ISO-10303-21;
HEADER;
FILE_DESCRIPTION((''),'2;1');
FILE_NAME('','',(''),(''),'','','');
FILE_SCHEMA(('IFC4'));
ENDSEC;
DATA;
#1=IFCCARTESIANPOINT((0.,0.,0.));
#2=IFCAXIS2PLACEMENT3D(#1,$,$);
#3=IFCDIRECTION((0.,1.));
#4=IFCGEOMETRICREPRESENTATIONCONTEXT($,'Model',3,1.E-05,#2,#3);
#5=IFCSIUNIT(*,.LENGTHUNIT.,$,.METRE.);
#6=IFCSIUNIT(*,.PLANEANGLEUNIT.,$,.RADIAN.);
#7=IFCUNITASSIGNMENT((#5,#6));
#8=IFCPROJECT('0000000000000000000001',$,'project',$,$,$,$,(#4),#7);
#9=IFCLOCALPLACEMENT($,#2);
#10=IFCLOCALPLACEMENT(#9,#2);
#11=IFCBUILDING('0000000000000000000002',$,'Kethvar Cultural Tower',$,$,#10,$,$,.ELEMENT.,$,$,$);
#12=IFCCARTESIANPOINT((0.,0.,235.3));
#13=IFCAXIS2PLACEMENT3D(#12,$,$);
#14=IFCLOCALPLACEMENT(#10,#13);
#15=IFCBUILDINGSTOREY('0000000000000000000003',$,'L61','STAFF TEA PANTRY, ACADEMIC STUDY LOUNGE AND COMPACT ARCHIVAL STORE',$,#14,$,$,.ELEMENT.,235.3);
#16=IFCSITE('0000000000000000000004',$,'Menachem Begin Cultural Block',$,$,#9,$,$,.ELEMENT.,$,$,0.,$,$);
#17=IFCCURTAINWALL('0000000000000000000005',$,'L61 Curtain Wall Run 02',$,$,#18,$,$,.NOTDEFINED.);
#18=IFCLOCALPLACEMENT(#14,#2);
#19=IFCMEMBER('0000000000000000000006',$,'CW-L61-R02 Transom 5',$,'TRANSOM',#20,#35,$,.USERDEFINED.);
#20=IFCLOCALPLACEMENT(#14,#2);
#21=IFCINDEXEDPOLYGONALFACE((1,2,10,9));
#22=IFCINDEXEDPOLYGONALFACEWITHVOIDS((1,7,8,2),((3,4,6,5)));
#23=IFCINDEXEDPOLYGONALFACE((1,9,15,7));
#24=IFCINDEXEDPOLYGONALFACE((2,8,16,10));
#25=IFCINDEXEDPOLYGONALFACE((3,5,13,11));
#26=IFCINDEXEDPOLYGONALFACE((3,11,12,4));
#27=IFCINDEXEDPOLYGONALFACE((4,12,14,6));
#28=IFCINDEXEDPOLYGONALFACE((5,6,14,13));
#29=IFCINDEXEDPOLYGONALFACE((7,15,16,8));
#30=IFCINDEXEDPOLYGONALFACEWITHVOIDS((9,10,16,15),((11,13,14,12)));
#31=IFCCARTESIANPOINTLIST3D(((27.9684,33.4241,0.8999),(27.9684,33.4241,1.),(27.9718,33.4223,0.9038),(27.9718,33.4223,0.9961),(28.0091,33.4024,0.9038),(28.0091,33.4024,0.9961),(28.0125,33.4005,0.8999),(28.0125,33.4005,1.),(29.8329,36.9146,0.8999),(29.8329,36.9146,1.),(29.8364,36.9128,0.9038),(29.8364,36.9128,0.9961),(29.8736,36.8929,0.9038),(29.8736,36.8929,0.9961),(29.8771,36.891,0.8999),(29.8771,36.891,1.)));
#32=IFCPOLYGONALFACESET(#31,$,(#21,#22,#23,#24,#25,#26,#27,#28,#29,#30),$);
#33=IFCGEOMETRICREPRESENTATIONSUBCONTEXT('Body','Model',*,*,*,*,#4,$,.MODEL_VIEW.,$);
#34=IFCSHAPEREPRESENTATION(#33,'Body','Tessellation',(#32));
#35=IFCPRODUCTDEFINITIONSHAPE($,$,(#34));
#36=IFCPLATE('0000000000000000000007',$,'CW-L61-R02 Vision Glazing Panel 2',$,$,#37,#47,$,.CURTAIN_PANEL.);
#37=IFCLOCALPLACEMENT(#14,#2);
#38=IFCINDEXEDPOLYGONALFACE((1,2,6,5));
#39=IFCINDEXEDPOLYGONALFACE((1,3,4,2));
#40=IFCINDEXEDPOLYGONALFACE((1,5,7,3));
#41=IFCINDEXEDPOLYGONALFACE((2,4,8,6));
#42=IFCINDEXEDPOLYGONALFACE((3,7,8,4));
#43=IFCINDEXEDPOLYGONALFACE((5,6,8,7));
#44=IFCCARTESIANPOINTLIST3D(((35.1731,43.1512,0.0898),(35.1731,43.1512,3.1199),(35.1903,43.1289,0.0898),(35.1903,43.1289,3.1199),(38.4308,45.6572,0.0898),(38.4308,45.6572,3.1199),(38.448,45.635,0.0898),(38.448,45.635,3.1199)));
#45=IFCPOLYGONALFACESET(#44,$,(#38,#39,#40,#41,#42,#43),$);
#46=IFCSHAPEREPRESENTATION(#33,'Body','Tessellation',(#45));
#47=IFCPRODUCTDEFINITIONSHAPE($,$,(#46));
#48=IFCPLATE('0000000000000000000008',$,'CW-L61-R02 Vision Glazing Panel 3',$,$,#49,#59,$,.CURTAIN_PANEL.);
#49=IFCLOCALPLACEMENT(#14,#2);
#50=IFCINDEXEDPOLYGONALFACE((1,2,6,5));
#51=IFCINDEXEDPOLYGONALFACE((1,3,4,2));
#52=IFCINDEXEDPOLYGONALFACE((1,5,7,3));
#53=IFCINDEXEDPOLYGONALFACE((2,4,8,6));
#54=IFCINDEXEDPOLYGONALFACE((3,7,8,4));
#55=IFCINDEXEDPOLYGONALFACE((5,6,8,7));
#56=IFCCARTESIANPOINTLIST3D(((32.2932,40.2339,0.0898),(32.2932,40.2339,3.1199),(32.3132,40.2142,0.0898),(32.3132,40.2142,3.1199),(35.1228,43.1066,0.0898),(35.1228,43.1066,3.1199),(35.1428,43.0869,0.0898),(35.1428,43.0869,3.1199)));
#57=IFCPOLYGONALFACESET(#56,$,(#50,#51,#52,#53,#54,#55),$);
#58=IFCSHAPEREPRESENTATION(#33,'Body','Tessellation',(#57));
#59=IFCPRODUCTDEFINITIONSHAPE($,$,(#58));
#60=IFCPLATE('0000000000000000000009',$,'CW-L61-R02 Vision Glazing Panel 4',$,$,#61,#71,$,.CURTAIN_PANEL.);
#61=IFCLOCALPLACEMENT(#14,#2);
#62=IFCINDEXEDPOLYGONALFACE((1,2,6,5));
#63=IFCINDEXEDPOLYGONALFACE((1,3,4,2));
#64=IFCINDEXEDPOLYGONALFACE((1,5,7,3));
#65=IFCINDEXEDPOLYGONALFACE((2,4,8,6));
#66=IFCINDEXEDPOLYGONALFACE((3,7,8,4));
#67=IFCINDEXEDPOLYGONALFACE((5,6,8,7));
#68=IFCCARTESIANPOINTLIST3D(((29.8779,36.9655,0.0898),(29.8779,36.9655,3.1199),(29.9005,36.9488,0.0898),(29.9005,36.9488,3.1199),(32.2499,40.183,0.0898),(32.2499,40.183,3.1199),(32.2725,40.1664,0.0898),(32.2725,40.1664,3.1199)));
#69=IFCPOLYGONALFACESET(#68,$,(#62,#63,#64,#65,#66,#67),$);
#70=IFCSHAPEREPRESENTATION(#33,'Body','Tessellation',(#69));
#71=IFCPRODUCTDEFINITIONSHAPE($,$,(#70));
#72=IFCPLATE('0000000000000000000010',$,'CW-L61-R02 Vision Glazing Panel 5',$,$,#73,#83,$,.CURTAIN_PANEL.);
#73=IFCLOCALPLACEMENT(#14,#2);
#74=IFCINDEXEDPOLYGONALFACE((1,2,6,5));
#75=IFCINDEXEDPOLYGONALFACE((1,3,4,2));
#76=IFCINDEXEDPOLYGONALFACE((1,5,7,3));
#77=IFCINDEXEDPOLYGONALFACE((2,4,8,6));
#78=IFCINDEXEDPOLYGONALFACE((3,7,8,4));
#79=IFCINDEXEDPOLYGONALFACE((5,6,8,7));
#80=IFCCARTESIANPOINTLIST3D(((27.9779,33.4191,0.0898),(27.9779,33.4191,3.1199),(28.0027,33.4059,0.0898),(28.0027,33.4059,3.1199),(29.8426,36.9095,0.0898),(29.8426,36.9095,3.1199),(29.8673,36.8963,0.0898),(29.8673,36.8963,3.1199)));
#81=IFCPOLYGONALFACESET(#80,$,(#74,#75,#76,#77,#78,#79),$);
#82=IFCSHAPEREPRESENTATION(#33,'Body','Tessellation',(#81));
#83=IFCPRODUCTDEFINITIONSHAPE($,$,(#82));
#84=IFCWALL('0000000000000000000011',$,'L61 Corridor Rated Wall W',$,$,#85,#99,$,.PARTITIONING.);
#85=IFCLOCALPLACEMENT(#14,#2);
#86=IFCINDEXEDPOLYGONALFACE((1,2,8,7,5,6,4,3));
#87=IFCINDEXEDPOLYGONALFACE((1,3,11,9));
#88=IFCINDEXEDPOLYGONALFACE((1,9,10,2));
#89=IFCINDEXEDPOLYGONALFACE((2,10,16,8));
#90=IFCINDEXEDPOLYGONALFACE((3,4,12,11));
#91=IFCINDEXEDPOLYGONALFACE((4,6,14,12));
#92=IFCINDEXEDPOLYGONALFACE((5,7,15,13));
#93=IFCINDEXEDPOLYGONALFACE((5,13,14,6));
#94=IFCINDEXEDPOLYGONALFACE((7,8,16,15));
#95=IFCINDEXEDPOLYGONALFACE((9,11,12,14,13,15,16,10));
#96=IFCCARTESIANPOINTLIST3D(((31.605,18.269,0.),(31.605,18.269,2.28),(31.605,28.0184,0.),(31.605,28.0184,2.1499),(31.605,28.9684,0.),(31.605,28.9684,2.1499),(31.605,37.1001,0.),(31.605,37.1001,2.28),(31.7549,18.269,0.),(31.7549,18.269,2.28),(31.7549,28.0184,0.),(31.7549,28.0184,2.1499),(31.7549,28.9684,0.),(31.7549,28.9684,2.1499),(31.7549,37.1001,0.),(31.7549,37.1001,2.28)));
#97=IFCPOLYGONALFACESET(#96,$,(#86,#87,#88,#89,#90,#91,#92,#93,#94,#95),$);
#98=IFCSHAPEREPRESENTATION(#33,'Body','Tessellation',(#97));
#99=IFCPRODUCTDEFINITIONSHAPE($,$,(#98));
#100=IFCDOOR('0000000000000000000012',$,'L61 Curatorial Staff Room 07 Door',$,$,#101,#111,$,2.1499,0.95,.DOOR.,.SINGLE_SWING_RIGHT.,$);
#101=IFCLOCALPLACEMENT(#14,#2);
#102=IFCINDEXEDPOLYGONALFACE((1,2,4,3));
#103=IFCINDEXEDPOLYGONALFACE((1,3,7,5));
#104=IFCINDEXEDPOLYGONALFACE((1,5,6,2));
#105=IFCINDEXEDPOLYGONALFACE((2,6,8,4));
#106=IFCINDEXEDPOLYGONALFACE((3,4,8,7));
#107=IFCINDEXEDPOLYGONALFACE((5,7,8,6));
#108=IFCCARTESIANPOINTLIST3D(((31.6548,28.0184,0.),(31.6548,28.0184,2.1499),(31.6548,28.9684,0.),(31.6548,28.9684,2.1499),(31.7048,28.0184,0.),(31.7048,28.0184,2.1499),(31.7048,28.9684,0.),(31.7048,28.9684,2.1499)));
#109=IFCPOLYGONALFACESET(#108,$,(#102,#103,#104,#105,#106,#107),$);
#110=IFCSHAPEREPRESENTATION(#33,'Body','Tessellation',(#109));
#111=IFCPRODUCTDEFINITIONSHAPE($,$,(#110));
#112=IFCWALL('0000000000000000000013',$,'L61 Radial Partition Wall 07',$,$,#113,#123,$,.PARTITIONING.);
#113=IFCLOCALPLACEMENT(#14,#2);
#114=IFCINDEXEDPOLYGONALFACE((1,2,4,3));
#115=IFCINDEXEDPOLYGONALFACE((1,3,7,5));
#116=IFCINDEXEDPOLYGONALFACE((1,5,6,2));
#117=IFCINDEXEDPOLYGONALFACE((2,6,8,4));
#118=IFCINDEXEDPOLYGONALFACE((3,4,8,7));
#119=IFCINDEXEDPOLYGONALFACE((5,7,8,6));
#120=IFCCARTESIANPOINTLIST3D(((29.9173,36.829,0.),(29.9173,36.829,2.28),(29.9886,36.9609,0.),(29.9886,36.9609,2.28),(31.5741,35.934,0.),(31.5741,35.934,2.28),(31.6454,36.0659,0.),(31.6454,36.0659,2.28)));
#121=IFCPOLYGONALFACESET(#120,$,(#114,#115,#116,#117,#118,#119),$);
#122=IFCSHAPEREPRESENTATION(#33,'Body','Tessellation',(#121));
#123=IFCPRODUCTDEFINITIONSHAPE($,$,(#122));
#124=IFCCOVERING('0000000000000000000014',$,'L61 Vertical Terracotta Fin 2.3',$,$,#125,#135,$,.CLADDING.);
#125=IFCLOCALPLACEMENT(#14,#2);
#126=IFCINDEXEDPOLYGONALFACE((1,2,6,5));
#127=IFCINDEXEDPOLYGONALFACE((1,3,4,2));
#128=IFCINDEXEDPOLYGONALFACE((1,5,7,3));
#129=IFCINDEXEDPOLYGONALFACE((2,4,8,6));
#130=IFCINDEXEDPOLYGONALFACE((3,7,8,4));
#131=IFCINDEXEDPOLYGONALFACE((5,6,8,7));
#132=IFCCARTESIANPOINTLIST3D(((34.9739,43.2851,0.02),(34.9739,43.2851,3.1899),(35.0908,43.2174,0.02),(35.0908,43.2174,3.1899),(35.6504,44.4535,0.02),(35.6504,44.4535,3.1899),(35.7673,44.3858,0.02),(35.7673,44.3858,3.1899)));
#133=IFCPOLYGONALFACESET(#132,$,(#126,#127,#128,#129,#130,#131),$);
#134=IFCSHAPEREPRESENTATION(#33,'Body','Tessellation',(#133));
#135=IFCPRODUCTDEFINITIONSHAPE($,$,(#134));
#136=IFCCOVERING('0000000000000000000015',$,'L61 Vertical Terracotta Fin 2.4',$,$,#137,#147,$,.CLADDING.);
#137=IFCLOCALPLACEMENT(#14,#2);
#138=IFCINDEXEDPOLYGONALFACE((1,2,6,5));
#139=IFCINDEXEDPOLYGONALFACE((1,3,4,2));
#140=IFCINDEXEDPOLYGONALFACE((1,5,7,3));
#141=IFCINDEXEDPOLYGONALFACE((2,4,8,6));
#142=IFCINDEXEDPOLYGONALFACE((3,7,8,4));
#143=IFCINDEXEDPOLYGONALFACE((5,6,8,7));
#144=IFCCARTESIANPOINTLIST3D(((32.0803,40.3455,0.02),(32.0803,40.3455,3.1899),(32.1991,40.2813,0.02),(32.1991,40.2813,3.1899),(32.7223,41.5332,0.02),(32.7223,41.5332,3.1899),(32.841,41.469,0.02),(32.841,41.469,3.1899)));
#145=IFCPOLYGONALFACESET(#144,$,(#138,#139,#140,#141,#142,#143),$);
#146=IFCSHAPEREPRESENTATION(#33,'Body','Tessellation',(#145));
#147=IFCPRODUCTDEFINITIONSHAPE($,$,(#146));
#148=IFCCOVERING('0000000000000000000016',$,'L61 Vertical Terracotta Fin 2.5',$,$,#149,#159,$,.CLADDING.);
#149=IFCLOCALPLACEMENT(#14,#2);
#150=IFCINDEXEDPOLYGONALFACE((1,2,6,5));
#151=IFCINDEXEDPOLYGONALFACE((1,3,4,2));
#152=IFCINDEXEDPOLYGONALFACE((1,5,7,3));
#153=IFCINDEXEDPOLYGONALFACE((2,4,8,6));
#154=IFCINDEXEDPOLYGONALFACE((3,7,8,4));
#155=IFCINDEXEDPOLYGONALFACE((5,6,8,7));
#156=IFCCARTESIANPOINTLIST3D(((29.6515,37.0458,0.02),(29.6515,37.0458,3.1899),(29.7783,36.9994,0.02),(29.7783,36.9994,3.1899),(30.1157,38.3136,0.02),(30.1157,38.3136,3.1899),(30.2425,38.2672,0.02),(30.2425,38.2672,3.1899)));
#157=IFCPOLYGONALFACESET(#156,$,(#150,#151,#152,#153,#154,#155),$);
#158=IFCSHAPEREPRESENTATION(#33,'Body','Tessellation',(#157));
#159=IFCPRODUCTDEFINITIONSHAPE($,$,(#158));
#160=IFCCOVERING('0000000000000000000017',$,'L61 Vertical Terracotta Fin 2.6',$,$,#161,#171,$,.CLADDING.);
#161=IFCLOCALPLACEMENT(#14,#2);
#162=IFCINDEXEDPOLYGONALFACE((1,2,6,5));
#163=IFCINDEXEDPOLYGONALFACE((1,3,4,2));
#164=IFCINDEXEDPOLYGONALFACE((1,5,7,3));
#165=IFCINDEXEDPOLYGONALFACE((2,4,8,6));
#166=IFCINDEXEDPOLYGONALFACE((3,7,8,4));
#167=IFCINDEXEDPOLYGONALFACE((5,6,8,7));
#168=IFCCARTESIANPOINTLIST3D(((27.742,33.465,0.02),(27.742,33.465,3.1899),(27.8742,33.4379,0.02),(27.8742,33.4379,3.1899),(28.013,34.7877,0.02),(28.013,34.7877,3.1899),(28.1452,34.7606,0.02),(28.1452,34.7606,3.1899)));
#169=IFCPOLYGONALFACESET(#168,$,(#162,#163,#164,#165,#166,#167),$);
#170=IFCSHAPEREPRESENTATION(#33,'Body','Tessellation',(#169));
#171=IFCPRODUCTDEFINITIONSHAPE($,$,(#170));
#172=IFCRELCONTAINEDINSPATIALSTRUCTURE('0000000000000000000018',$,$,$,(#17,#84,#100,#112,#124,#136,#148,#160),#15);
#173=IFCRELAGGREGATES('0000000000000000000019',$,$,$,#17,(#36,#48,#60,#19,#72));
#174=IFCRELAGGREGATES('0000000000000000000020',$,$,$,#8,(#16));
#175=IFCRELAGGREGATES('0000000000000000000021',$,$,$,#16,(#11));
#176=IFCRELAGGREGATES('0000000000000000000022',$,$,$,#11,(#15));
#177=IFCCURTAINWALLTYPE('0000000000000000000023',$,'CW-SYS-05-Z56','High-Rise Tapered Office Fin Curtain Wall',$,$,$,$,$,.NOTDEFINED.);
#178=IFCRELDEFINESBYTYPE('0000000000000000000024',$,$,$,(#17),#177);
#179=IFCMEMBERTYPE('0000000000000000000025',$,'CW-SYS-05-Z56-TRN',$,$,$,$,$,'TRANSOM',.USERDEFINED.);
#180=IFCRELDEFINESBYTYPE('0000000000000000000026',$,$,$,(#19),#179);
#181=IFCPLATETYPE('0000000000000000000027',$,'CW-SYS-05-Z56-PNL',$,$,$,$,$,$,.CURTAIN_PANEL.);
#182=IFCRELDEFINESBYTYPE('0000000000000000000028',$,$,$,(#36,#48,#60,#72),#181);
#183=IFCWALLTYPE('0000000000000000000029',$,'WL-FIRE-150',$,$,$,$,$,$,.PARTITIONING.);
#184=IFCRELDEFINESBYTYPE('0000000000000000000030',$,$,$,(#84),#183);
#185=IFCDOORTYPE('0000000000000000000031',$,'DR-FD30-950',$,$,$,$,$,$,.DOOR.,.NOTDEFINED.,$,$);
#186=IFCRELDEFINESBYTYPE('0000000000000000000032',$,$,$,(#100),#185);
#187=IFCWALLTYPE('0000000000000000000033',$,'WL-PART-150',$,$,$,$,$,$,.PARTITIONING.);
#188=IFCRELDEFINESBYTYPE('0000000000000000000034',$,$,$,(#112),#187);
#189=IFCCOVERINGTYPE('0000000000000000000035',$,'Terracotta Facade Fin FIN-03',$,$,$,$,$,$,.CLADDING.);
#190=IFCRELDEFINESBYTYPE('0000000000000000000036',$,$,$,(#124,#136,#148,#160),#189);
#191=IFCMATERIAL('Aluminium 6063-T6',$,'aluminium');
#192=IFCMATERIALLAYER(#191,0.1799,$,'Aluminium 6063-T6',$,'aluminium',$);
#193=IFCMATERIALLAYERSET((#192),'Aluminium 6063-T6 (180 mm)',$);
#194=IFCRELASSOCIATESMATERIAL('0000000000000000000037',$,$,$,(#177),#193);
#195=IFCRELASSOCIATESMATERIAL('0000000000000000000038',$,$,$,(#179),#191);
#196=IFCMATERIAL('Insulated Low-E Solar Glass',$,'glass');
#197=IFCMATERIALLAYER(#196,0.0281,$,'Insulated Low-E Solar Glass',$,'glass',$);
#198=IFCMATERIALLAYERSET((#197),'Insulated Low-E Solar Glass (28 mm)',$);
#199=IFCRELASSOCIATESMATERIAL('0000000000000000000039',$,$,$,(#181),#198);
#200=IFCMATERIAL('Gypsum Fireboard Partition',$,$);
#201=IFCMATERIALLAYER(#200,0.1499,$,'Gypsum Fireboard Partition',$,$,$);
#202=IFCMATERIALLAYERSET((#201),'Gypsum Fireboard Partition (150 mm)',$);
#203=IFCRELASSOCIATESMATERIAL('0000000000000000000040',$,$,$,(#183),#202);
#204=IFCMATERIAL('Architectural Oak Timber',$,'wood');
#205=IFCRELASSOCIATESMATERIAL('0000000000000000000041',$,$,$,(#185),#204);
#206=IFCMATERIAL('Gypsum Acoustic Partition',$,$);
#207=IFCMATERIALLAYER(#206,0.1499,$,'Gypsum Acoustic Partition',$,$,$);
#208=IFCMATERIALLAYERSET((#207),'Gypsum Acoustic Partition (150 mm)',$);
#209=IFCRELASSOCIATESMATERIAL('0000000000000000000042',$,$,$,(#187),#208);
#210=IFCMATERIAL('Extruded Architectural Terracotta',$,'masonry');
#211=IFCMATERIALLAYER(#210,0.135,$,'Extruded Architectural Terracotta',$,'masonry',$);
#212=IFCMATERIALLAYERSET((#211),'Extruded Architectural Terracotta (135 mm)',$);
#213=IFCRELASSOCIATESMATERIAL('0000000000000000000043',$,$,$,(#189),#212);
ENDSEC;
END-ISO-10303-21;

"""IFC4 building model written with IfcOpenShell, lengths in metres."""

from ifc_helpers import new_model, si_unit, direction, frame, frame_2d, origin, origin_2d, place, context, subcontext, project, spatial, rectangle, hollow_rectangle, extrude, source, transform, mapped, material, layer, layer_set, material_profile, profile_set, type_object, element, fill, aggregate, save


model = new_model("IFC4")

# Units and contexts
model_context = context("Model", 3, precision=1e-05, world=origin(), true_north=direction((0.0, 1.0)))
body_context = subcontext(model_context, "Body", "Model", "MODEL_VIEW")
ifc_project = project(units=[si_unit("LENGTHUNIT", "METRE"), si_unit("PLANEANGLEUNIT", "RADIAN")], contexts=[model_context])

# Site, building, storey
site_placement = place(None, origin())
site = spatial("IfcSite", under=ifc_project, at=site_placement, Name="Menachem Begin Cultural Block", CompositionType="ELEMENT", RefElevation=0.0)
building_placement = place(site_placement, origin())
building = spatial("IfcBuilding", under=site, at=building_placement, Name="Kethvar Cultural Tower", CompositionType="ELEMENT")
storey_placement = place(building_placement, frame((0.0, 0.0, 235.3)))
storey = spatial("IfcBuildingStorey", under=building, at=storey_placement, Name="L61", Description="STAFF TEA PANTRY, ACADEMIC STUDY LOUNGE AND COMPACT ARCHIVAL STORE", CompositionType="ELEMENT", Elevation=235.3)

# Curtain wall, member, plates
ifc_material_1 = material(Name="Aluminium 6063-T6", Category="aluminium")
ifc_layer_1 = layer(ifc_material_1, 0.1799, Name="Aluminium 6063-T6", Category="aluminium")
ifc_layer_set_1 = layer_set([ifc_layer_1], Name="Aluminium 6063-T6 (180 mm)")
curtain_wall_type = type_object("IfcCurtainWallType", Name="CW-SYS-05-Z56", Description="High-Rise Tapered Office Fin Curtain Wall", PredefinedType="NOTDEFINED", material=ifc_layer_set_1)
curtain_wall_placement = place(storey_placement, origin())
curtain_wall = element("IfcCurtainWall", 1, at=curtain_wall_placement, inside=storey, type_object=curtain_wall_type, Name="L61 Curtain Wall Run 02", PredefinedType="NOTDEFINED")
ifc_material_profile_1 = material_profile(ifc_material_1, hollow_rectangle(XDim=0.05, YDim=0.1001, WallThickness=0.0039, at=origin_2d()), Name="Aluminium 6063-T6 — RHS100x50x4")
ifc_profile_set_1 = profile_set([ifc_material_profile_1], Name="Aluminium 6063-T6 — RHS100x50x4")
member_type_1 = type_object("IfcMemberType", Name="CW-SYS-05-Z56-TRN", ElementType="TRANSOM", PredefinedType="USERDEFINED", material=ifc_profile_set_1)
shared_shape_1 = source(origin(), body_context, "Body", "SweptSolid", [
    extrude(hollow_rectangle(XDim=0.05, YDim=0.1001, WallThickness=0.0039, at=origin_2d()), origin(), (0.0, 0.0, 1.0), 3.9573),
])
member_1_placement = place(storey_placement, frame((29.855, 36.9028, 0.95), z_axis=(-0.471161, -0.882047, 0.0), x_axis=(0.882047, -0.471161, 0.0)))
member_1 = element("IfcMember", 2, at=member_1_placement, type_object=member_type_1, Name="CW-L61-R02 Transom 5", ObjectType="TRANSOM", PredefinedType="USERDEFINED", context=body_context, shape_type="MappedRepresentation", body=[
    mapped(shared_shape_1, transform((0.0, 0.0, 0.0), scale=1.0)),
])
ifc_material_2 = material(Name="Insulated Low-E Solar Glass", Category="glass")
ifc_layer_2 = layer(ifc_material_2, 0.0281, Name="Insulated Low-E Solar Glass", Category="glass")
ifc_layer_set_2 = layer_set([ifc_layer_2], Name="Insulated Low-E Solar Glass (28 mm)")
plate_type = type_object("IfcPlateType", Name="CW-SYS-05-Z56-PNL", PredefinedType="CURTAIN_PANEL", material=ifc_layer_set_2)
shared_shape_2 = source(origin(), body_context, "Body", "SweptSolid", [
    extrude(rectangle(XDim=4.1101, YDim=0.0281, at=origin_2d()), origin(), (0.0, 0.0, 1.0), 3.03),
])
plate_1_placement = place(storey_placement, frame((36.8105, 44.3931, 0.0898), z_axis=(0.0, 0.0, 1.0), x_axis=(-0.792609, -0.60973, 0.0)))
plate_1 = element("IfcPlate", 3, at=plate_1_placement, type_object=plate_type, Name="CW-L61-R02 Vision Glazing Panel 2", PredefinedType="CURTAIN_PANEL", context=body_context, shape_type="MappedRepresentation", body=[
    mapped(shared_shape_2, transform((0.0, 0.0, 0.0), scale=1.0)),
])
shared_shape_3 = source(origin(), body_context, "Body", "SweptSolid", [
    extrude(rectangle(XDim=4.0322, YDim=0.0281, at=origin_2d()), origin(), (0.0, 0.0, 1.0), 3.03),
])
plate_2_placement = place(storey_placement, frame((33.718, 41.6604, 0.0898), z_axis=(0.0, 0.0, 1.0), x_axis=(-0.701743, -0.71243, 0.0)))
plate_2 = element("IfcPlate", 4, at=plate_2_placement, type_object=plate_type, Name="CW-L61-R02 Vision Glazing Panel 3", PredefinedType="CURTAIN_PANEL", context=body_context, shape_type="MappedRepresentation", body=[
    mapped(shared_shape_3, transform((0.0, 0.0, 0.0), scale=1.0)),
])
shared_shape_4 = source(origin(), body_context, "Body", "SweptSolid", [
    extrude(rectangle(XDim=3.9973, YDim=0.0281, at=origin_2d()), origin(), (0.0, 0.0, 1.0), 3.03),
])
plate_3_placement = place(storey_placement, frame((31.0752, 38.5659, 0.0898), z_axis=(0.0, 0.0, 1.0), x_axis=(-0.593377, -0.804925, 0.0)))
plate_3 = element("IfcPlate", 5, at=plate_3_placement, type_object=plate_type, Name="CW-L61-R02 Vision Glazing Panel 4", PredefinedType="CURTAIN_PANEL", context=body_context, shape_type="MappedRepresentation", body=[
    mapped(shared_shape_4, transform((0.0, 0.0, 0.0), scale=1.0)),
])
shared_shape_5 = source(origin(), body_context, "Body", "SweptSolid", [
    extrude(rectangle(XDim=3.9573, YDim=0.0281, at=origin_2d()), origin(), (0.0, 0.0, 1.0), 3.03),
])
plate_4_placement = place(storey_placement, frame((28.9226, 35.1577, 0.0898), z_axis=(0.0, 0.0, 1.0), x_axis=(-0.471197, -0.882028, 0.0)))
plate_4 = element("IfcPlate", 6, at=plate_4_placement, type_object=plate_type, Name="CW-L61-R02 Vision Glazing Panel 5", PredefinedType="CURTAIN_PANEL", context=body_context, shape_type="MappedRepresentation", body=[
    mapped(shared_shape_5, transform((0.0, 0.0, 0.0), scale=1.0)),
])
aggregate(curtain_wall, [plate_1, plate_2, plate_3, member_1, plate_4])

# Wall, opening, door
ifc_material_3 = material(Name="Gypsum Fireboard Partition")
ifc_layer_3 = layer(ifc_material_3, 0.1499, Name="Gypsum Fireboard Partition")
ifc_layer_set_3 = layer_set([ifc_layer_3], Name="Gypsum Fireboard Partition (150 mm)")
wall_type_1 = type_object("IfcWallType", Name="WL-FIRE-150", PredefinedType="PARTITIONING", material=ifc_layer_set_3)
wall_1_placement = place(storey_placement, frame((31.6799, 37.1001, 0.0), z_axis=(0.0, 0.0, 1.0), x_axis=(0.0, -1.0, 0.0)))
wall_1 = element("IfcWall", 7, at=wall_1_placement, inside=storey, type_object=wall_type_1, Name="L61 Corridor Rated Wall W", PredefinedType="PARTITIONING", context=body_context, shape_type="SweptSolid", body=[
    extrude(rectangle(XDim=18.8311, YDim=0.1499, at=frame_2d((9.4155, 0.0))), origin(), (0.0, 0.0, 1.0), 2.28),
])
opening_placement = place(wall_1_placement, frame((8.1316, 0.0, 0.0)))
opening = element("IfcOpeningElement", 8, at=opening_placement, cuts=wall_1, PredefinedType="OPENING", context=body_context, shape_type="SweptSolid", body=[
    extrude(rectangle(XDim=0.95, YDim=2.1499, at=frame_2d((0.4751, 1.075))), frame((0.0, 0.085, 0.0), z_axis=(0.0, -1.0, 0.0), x_axis=(1.0, 0.0, 0.0)), (0.0, 0.0, 1.0), 0.1699),
])
ifc_material_4 = material(Name="Architectural Oak Timber", Category="wood")
door_type = type_object("IfcDoorType", Name="DR-FD30-950", OperationType="NOTDEFINED", PredefinedType="DOOR", material=ifc_material_4)
shared_shape_6 = source(origin(), body_context, "Body", "SweptSolid", [
    extrude(rectangle(XDim=0.95, YDim=2.1499, at=frame_2d((0.4751, 1.075))), frame((0.0, 0.0249, 0.0), z_axis=(0.0, -1.0, 0.0), x_axis=(1.0, 0.0, 0.0)), (0.0, 0.0, 1.0), 0.05),
])
door_placement = place(opening_placement, origin())
door = element("IfcDoor", 9, at=door_placement, inside=storey, type_object=door_type, Name="L61 Curatorial Staff Room 07 Door", OperationType="SINGLE_SWING_RIGHT", OverallHeight=2.1499, OverallWidth=0.95, PredefinedType="DOOR", context=body_context, shape_type="MappedRepresentation", body=[
    mapped(shared_shape_6, transform((0.0, 0.0, 0.0), scale=1.0)),
])
fill(opening, door)

# Wall
ifc_material_5 = material(Name="Gypsum Acoustic Partition")
ifc_layer_4 = layer(ifc_material_5, 0.1499, Name="Gypsum Acoustic Partition")
ifc_layer_set_4 = layer_set([ifc_layer_4], Name="Gypsum Acoustic Partition (150 mm)")
wall_type_2 = type_object("IfcWallType", Name="WL-PART-150", PredefinedType="PARTITIONING", material=ifc_layer_set_4)
wall_2_placement = place(storey_placement, frame((31.6096, 36.0, 0.0), z_axis=(0.0, 0.0, 1.0), x_axis=(-0.879821, 0.475306, 0.0)))
element("IfcWall", 10, at=wall_2_placement, inside=storey, type_object=wall_type_2, Name="L61 Radial Partition Wall 07", PredefinedType="PARTITIONING", context=body_context, shape_type="SweptSolid", body=[
    extrude(rectangle(XDim=1.8831, YDim=0.1499, at=frame_2d((0.9414, 0.0))), origin(), (0.0, 0.0, 1.0), 2.28),
])

# Coverings
ifc_material_6 = material(Name="Extruded Architectural Terracotta", Category="masonry")
ifc_layer_5 = layer(ifc_material_6, 0.135, Name="Extruded Architectural Terracotta", Category="masonry")
ifc_layer_set_5 = layer_set([ifc_layer_5], Name="Extruded Architectural Terracotta (135 mm)")
covering_type = type_object("IfcCoveringType", Name="Terracotta Facade Fin FIN-03", PredefinedType="CLADDING", material=ifc_layer_set_5)
shared_shape_7 = source(origin(), body_context, "Body", "SweptSolid", [
    extrude(rectangle(XDim=1.3501, YDim=0.135, at=origin_2d()), origin(), (0.0, 0.0, 1.0), 3.1699),
])
for number, where, z_axis, x_axis, name in (
    (11, (35.3706, 43.8354, 0.02), (0.0, 0.0, 1.0), (0.501058, 0.865414, 0.0), "L61 Vertical Terracotta Fin 2.3"),
    (12, (32.4607, 40.9072, 0.02), (0.0, 0.0, 1.0), (0.475471, 0.879732, 0.0), "L61 Vertical Terracotta Fin 2.4"),
    (13, (29.947, 37.6565, 0.02), (0.0, 0.0, 1.0), (0.343824, 0.939034, 0.0), "L61 Vertical Terracotta Fin 2.5"),
    (14, (27.9436, 34.1128, 0.02), (0.0, 0.0, 1.0), (0.200736, 0.979645, 0.0), "L61 Vertical Terracotta Fin 2.6"),
):
    element("IfcCovering", number, at=place(storey_placement, frame(where, z_axis=z_axis, x_axis=x_axis)), inside=storey, type_object=covering_type, Name=name, PredefinedType="CLADDING", context=body_context, shape_type="MappedRepresentation", body=[
        mapped(shared_shape_7, transform((0.0, 0.0, 0.0), scale=1.0)),
    ])

save(model, "model.ifc")
